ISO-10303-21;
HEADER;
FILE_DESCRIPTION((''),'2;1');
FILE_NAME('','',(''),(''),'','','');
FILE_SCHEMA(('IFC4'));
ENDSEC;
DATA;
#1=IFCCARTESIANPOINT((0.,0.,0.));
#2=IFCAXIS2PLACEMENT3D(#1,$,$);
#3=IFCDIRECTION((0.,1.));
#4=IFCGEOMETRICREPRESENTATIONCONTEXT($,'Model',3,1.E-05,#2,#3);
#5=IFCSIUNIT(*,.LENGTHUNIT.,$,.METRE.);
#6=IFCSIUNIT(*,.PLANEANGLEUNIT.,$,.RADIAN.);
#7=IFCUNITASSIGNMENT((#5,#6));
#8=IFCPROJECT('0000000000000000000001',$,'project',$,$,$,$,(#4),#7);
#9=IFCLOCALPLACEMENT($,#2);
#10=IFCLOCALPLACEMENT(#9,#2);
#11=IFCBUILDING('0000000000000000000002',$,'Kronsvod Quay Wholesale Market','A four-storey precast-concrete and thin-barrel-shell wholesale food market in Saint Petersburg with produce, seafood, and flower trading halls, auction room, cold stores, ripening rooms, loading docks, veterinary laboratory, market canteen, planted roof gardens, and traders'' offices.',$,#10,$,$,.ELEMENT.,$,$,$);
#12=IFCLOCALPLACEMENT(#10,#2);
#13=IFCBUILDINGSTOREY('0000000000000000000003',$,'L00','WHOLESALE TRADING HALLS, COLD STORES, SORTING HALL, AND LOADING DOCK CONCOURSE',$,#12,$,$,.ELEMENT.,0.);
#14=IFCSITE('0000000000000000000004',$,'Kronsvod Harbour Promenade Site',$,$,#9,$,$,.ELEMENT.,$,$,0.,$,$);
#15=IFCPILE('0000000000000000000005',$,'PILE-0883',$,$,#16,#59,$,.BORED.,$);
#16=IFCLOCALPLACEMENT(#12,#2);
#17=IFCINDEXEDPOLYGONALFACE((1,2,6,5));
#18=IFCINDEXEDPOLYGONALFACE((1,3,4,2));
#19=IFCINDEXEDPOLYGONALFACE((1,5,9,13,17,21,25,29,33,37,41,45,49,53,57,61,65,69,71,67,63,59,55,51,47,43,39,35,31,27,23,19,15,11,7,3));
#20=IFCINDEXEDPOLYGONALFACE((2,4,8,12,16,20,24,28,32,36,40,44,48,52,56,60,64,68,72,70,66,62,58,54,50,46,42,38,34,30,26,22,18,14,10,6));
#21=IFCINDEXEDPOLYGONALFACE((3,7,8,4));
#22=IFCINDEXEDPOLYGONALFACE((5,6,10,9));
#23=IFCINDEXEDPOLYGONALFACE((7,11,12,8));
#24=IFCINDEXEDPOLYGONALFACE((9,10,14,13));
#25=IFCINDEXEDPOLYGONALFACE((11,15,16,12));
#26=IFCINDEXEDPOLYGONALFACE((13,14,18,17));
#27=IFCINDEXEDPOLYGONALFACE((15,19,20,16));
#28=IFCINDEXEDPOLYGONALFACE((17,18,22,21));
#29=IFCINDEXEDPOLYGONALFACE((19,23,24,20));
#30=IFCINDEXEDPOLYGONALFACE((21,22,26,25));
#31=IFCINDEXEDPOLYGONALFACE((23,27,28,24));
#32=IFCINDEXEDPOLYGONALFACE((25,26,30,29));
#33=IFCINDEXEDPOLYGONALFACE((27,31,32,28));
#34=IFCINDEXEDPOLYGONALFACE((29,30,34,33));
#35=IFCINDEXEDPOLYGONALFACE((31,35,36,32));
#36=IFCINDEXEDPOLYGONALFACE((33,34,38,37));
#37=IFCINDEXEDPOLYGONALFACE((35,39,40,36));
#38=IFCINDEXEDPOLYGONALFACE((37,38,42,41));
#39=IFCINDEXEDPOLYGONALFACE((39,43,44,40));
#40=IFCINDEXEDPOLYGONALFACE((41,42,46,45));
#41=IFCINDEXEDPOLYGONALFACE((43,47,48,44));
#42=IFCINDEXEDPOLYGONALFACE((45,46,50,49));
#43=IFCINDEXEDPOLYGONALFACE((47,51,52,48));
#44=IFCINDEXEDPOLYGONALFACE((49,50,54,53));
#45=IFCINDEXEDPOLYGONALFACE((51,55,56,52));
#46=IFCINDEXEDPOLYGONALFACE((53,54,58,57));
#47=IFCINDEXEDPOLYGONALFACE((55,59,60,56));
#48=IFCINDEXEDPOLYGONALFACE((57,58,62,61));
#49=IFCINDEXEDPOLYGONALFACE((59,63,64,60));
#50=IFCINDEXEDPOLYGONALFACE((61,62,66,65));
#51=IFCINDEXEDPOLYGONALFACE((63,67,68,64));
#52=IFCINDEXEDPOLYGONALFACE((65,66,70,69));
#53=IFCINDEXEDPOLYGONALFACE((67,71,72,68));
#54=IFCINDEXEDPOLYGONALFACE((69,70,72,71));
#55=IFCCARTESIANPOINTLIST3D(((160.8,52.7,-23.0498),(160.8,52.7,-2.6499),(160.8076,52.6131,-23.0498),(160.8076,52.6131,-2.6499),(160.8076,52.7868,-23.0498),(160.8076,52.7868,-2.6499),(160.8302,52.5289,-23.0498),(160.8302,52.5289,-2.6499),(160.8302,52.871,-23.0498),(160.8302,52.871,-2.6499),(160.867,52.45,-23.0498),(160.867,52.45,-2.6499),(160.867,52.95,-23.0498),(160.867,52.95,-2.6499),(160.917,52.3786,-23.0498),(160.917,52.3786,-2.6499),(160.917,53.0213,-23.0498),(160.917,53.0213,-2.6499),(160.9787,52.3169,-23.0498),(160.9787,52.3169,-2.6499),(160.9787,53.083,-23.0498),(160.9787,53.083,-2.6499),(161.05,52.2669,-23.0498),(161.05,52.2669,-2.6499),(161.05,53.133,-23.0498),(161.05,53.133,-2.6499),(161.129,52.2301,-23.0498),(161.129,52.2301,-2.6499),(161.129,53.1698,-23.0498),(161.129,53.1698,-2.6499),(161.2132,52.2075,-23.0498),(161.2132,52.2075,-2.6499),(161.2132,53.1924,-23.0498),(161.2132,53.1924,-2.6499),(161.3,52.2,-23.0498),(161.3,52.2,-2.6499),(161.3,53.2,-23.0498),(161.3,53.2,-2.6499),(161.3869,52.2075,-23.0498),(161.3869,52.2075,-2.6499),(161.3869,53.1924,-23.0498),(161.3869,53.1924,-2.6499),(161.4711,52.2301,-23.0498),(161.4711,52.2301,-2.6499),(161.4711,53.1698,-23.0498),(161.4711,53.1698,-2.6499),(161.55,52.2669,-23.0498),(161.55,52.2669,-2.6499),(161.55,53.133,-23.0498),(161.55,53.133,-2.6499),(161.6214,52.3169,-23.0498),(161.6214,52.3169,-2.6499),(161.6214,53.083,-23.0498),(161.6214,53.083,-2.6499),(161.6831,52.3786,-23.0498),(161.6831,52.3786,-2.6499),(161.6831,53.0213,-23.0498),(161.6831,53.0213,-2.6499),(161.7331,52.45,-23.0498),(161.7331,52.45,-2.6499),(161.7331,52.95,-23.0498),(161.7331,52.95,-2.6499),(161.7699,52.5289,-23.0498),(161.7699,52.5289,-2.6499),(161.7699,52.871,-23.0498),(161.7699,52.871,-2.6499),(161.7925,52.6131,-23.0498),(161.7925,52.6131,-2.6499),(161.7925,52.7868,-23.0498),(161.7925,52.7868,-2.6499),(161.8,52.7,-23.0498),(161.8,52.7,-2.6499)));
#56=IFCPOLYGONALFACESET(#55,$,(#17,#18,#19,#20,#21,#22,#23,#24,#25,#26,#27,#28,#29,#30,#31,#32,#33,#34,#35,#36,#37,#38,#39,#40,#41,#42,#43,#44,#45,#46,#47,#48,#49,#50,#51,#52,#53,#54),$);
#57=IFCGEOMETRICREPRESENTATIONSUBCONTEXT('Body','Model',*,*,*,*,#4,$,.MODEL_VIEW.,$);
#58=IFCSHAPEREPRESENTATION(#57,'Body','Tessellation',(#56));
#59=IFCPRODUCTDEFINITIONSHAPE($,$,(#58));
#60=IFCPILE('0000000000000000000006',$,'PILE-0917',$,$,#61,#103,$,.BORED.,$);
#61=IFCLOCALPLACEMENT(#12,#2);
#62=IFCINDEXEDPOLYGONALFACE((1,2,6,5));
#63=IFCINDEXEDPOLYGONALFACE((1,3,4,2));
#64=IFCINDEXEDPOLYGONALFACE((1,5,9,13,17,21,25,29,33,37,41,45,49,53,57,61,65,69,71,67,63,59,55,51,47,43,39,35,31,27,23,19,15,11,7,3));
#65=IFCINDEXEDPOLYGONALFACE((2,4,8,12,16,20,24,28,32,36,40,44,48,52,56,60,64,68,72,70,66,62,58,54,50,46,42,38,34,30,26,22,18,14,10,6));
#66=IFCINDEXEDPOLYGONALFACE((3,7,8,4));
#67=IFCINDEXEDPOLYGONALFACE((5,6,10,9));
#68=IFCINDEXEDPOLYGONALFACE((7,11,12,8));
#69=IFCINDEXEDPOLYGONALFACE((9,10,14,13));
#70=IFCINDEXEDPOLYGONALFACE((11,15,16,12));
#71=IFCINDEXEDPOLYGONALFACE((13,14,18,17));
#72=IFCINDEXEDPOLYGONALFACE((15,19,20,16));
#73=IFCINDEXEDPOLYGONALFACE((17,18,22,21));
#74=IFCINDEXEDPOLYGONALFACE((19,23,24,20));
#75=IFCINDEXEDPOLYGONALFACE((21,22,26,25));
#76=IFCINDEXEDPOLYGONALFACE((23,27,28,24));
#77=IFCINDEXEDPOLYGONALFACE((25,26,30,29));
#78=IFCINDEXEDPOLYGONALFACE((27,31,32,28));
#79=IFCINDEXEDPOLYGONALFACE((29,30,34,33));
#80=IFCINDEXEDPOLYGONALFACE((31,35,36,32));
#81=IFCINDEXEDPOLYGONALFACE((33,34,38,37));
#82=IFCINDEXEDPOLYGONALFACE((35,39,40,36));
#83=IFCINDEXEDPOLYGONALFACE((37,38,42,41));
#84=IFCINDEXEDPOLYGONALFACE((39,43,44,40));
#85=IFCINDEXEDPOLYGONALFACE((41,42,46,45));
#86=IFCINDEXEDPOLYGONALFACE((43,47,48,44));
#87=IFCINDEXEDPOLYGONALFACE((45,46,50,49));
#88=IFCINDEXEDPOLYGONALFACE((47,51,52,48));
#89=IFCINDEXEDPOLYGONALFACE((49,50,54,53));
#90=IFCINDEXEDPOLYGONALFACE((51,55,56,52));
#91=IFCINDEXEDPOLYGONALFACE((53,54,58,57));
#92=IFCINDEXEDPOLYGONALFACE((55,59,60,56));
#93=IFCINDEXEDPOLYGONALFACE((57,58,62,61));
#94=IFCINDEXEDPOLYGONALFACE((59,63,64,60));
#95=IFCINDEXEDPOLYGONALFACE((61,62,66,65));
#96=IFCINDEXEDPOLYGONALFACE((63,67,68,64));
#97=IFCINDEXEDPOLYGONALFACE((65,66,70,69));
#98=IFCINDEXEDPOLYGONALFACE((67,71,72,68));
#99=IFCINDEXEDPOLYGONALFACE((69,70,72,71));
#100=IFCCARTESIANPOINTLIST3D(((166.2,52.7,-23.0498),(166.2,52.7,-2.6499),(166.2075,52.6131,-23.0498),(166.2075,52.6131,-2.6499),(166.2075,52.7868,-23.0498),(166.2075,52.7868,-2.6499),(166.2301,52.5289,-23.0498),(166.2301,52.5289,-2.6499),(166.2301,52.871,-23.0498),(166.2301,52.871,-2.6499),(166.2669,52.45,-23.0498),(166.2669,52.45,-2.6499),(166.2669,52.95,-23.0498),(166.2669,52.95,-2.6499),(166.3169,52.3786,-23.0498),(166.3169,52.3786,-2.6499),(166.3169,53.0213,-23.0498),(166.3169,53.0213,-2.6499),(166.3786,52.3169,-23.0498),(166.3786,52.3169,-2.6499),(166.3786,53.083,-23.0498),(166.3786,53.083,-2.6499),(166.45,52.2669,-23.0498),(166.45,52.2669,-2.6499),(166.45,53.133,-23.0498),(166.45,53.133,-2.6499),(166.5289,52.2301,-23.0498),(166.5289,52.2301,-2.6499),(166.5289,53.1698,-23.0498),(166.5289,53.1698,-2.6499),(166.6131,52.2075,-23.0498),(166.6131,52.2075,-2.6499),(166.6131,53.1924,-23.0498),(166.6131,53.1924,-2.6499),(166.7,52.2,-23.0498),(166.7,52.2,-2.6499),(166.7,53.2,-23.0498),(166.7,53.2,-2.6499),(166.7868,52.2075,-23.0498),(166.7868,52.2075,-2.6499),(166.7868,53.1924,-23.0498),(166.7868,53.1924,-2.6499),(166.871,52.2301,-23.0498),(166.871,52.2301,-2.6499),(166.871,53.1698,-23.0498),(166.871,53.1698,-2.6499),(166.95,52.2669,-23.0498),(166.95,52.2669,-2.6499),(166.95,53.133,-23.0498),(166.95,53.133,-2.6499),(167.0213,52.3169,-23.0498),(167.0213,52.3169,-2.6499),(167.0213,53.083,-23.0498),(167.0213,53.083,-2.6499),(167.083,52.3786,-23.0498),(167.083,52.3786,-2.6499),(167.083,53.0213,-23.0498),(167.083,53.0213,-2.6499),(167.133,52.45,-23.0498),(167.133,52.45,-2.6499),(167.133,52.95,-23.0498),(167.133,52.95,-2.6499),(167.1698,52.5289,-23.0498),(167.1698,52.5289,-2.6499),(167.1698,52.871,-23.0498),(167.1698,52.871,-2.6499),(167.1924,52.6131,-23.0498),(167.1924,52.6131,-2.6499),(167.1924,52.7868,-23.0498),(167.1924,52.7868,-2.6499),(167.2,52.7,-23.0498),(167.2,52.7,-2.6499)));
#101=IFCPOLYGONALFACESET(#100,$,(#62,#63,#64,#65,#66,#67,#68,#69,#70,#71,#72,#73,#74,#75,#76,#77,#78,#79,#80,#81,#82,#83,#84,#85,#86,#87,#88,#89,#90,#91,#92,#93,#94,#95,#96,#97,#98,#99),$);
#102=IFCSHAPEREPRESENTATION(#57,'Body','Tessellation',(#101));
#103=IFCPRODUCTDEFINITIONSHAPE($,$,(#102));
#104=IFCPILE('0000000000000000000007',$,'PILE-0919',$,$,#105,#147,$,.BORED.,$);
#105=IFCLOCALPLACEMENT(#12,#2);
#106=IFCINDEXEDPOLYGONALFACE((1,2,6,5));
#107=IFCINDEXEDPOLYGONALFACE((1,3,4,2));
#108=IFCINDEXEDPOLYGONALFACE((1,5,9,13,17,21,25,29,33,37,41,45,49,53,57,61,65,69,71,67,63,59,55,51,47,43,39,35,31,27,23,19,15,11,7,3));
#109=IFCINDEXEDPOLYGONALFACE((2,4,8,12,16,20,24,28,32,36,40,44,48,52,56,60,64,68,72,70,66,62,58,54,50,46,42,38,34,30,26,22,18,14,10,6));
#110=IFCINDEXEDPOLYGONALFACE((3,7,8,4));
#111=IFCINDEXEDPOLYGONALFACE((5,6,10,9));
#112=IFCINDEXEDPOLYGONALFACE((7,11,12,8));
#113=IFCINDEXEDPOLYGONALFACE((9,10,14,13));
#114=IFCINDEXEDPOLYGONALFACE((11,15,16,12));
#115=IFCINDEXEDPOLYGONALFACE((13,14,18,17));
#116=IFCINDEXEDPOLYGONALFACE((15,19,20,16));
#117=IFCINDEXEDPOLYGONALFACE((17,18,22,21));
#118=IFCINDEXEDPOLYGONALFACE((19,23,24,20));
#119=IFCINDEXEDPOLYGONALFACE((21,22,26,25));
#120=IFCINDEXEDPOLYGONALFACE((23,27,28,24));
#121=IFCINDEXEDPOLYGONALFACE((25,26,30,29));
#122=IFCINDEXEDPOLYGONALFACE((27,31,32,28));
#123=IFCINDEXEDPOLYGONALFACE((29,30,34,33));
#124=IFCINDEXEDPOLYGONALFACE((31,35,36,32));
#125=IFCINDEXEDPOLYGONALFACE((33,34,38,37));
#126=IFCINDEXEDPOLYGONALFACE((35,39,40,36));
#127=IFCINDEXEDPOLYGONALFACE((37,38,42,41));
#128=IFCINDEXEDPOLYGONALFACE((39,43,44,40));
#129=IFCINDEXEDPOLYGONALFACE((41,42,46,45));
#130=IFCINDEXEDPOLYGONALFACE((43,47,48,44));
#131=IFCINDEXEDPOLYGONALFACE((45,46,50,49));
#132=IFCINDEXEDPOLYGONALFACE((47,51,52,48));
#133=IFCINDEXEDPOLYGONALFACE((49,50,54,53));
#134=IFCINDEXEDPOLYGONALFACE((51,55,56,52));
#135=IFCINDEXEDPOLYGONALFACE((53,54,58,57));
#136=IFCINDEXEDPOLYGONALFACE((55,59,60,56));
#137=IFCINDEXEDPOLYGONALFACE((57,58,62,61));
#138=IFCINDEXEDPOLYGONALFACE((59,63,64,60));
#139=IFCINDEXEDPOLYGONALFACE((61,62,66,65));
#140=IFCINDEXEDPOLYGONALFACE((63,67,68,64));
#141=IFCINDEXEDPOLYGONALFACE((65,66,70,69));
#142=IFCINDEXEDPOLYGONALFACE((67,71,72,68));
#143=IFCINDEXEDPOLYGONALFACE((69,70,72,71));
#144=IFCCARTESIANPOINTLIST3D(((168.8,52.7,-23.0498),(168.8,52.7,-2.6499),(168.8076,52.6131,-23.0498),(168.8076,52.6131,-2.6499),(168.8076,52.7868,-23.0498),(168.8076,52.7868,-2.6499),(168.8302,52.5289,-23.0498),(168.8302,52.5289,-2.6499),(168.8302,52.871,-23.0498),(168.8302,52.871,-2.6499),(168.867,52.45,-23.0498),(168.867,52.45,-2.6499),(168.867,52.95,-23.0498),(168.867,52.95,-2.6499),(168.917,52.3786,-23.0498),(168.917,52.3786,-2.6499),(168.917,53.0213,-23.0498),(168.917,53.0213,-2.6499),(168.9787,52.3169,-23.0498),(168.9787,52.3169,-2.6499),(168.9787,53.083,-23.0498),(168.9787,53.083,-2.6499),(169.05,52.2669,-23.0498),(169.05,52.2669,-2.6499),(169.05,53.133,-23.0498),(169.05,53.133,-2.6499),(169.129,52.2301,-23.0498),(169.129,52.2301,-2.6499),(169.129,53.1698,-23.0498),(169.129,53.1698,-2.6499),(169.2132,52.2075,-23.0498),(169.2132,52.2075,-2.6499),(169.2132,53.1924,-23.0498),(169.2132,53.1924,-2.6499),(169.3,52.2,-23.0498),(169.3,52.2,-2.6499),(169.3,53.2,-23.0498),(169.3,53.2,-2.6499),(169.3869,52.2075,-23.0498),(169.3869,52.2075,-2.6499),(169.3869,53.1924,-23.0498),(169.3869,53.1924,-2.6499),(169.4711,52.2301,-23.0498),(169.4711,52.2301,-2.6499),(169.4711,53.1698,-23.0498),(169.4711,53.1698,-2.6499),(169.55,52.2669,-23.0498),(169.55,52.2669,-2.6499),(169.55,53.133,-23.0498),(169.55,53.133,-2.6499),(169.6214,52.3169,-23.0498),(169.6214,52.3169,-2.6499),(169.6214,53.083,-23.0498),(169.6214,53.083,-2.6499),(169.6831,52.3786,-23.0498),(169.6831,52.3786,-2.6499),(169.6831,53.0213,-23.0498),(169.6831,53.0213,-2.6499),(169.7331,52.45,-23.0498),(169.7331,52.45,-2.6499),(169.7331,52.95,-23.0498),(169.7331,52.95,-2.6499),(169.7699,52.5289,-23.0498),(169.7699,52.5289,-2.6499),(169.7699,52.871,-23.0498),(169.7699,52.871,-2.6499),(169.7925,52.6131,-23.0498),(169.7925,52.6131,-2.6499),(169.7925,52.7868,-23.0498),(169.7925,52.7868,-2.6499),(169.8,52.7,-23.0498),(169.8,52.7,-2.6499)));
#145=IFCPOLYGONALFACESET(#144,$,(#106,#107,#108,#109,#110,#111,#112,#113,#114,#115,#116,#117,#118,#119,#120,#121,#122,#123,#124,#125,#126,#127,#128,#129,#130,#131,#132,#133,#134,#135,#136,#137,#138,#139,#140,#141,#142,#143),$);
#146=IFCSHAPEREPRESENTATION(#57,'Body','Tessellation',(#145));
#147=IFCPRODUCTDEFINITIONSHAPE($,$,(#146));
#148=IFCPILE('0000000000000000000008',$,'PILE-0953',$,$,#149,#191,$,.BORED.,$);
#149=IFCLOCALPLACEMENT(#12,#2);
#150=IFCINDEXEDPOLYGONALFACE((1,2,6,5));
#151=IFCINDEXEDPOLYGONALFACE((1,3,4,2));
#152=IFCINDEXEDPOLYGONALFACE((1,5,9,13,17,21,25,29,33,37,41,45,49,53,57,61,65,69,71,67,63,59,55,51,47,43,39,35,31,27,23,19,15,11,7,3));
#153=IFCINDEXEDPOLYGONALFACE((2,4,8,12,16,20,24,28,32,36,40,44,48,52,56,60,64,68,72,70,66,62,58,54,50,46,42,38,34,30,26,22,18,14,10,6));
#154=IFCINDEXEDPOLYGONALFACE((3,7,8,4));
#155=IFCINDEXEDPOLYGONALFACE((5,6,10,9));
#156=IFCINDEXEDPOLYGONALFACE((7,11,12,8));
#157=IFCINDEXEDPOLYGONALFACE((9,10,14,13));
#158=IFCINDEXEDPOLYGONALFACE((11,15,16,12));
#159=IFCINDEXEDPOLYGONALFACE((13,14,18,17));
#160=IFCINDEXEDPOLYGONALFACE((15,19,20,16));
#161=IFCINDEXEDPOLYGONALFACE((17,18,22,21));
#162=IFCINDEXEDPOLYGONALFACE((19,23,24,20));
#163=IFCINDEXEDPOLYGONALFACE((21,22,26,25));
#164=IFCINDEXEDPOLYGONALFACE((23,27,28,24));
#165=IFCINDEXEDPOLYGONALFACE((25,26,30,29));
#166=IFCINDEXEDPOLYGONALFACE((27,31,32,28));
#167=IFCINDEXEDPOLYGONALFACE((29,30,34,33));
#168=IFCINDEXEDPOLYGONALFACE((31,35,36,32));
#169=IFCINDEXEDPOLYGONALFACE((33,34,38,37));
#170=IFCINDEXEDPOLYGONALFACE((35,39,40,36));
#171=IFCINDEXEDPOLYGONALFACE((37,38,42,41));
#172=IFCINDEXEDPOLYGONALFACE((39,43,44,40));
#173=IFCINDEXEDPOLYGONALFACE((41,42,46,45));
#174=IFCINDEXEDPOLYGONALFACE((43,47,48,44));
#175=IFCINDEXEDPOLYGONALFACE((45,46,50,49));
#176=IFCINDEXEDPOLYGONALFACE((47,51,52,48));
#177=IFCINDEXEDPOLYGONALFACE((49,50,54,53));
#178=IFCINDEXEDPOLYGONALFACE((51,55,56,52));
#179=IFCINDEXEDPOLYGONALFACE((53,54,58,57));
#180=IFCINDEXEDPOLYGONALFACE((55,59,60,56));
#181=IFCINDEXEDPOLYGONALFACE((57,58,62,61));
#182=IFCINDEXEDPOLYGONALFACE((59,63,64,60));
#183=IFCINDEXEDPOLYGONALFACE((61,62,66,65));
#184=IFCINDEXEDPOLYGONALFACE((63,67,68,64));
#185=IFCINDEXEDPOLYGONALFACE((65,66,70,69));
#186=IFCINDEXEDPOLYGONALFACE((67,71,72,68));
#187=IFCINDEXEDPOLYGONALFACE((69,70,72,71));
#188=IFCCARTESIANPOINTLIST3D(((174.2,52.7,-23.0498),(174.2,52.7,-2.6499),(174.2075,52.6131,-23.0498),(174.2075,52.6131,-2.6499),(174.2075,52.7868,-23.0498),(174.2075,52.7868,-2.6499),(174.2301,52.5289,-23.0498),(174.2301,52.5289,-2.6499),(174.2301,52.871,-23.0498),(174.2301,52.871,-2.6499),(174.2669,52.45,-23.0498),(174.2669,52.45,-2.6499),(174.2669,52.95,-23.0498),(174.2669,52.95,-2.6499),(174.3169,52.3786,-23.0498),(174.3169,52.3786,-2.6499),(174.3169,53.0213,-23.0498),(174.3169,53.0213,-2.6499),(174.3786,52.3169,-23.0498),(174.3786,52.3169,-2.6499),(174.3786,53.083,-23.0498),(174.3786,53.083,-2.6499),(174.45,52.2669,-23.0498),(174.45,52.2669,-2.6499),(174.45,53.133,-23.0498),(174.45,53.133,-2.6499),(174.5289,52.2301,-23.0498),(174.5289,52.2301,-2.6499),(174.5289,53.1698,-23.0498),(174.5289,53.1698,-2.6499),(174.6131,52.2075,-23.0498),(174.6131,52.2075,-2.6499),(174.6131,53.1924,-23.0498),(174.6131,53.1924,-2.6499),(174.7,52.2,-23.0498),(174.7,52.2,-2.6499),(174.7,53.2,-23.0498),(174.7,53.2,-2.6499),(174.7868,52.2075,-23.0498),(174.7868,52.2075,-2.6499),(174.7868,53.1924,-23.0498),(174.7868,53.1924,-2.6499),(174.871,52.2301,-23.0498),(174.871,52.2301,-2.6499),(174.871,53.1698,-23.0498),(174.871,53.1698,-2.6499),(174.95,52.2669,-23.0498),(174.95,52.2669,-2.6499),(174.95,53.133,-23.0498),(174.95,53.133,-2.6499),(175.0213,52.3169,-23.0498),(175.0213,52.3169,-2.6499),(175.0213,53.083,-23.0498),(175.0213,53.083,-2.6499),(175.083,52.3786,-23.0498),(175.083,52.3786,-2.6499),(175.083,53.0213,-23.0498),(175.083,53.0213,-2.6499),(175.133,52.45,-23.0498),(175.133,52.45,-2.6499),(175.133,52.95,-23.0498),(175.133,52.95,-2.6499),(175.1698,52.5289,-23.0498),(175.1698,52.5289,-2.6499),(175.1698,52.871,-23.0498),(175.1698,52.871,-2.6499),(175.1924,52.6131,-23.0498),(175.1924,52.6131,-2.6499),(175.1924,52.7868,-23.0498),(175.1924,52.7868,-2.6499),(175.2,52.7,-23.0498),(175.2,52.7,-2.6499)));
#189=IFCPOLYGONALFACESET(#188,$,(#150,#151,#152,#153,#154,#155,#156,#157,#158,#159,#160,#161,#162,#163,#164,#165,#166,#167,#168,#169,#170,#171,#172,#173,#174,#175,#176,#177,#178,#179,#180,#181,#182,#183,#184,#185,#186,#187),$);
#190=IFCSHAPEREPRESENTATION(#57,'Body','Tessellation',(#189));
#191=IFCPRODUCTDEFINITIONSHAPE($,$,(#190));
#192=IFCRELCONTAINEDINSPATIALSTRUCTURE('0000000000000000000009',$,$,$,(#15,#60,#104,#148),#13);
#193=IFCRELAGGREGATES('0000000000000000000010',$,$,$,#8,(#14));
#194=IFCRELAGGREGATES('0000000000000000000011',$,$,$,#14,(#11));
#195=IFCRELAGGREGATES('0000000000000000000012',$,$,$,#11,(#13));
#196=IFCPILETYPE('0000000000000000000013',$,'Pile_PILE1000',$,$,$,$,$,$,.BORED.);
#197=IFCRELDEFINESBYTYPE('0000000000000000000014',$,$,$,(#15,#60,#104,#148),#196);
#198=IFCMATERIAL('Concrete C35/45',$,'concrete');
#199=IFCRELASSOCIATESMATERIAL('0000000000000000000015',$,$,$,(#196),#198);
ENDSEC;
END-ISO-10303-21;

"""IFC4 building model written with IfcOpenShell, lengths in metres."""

from ifc_helpers import new_model, si_unit, direction, frame, origin, origin_2d, place, context, subcontext, project, spatial, circle, extrude, material, material_profile, profile_set, type_object, element, save


model = new_model("IFC4")

# Units and contexts
model_context = context("Model", 3, precision=1e-05, world=origin(), true_north=direction((0.0, 1.0)))
body_context = subcontext(model_context, "Body", "Model", "MODEL_VIEW")
ifc_project = project(units=[si_unit("LENGTHUNIT", "METRE"), si_unit("PLANEANGLEUNIT", "RADIAN")], contexts=[model_context])

# Site, building, storey
site_placement = place(None, origin())
site = spatial("IfcSite", under=ifc_project, at=site_placement, Name="Kronsvod Harbour Promenade Site", CompositionType="ELEMENT", RefElevation=0.0)
building_placement = place(site_placement, origin())
building = spatial("IfcBuilding", under=site, at=building_placement, Name="Kronsvod Quay Wholesale Market", Description="A four-storey precast-concrete and thin-barrel-shell wholesale food market in Saint Petersburg with produce, seafood, and flower trading halls, auction room, cold stores, ripening rooms, loading docks, veterinary laboratory, market canteen, planted roof gardens, and traders' offices.", CompositionType="ELEMENT")
storey_placement = place(building_placement, origin())
storey = spatial("IfcBuildingStorey", under=building, at=storey_placement, Name="L00", Description="WHOLESALE TRADING HALLS, COLD STORES, SORTING HALL, AND LOADING DOCK CONCOURSE", CompositionType="ELEMENT", Elevation=0.0)

# Piles
ifc_material_1 = material(Name="Concrete C35/45", Category="concrete")
ifc_material_profile_1 = material_profile(ifc_material_1, circle(Radius=0.5, at=origin_2d()), Name="PILE1000")
ifc_profile_set_1 = profile_set([ifc_material_profile_1], Name="Concrete C35/45")
pile_type_1 = type_object("IfcPileType", Name="Pile_PILE1000", PredefinedType="BORED", material=ifc_profile_set_1)
for number, where, z_axis, x_axis, name in (
    (1, (161.3, 52.7, -2.6499), (0.0, 0.0, -1.0), (1.0, 0.0, 0.0), "PILE-0883"),
    (2, (166.7, 52.7, -2.6499), (0.0, 0.0, -1.0), (1.0, 0.0, 0.0), "PILE-0917"),
    (3, (169.3, 52.7, -2.6499), (0.0, 0.0, -1.0), (1.0, 0.0, 0.0), "PILE-0919"),
    (4, (174.7, 52.7, -2.6499), (0.0, 0.0, -1.0), (1.0, 0.0, 0.0), "PILE-0953"),
):
    element("IfcPile", number, at=place(storey_placement, frame(where, z_axis=z_axis, x_axis=x_axis)), inside=storey, type_object=pile_type_1, Name=name, PredefinedType="BORED", context=body_context, shape_type="SweptSolid", body=[
        extrude(circle(Radius=0.5, at=origin_2d()), origin(), (0.0, 0.0, 1.0), 20.3999),
    ])

save(model, "model.ifc")
